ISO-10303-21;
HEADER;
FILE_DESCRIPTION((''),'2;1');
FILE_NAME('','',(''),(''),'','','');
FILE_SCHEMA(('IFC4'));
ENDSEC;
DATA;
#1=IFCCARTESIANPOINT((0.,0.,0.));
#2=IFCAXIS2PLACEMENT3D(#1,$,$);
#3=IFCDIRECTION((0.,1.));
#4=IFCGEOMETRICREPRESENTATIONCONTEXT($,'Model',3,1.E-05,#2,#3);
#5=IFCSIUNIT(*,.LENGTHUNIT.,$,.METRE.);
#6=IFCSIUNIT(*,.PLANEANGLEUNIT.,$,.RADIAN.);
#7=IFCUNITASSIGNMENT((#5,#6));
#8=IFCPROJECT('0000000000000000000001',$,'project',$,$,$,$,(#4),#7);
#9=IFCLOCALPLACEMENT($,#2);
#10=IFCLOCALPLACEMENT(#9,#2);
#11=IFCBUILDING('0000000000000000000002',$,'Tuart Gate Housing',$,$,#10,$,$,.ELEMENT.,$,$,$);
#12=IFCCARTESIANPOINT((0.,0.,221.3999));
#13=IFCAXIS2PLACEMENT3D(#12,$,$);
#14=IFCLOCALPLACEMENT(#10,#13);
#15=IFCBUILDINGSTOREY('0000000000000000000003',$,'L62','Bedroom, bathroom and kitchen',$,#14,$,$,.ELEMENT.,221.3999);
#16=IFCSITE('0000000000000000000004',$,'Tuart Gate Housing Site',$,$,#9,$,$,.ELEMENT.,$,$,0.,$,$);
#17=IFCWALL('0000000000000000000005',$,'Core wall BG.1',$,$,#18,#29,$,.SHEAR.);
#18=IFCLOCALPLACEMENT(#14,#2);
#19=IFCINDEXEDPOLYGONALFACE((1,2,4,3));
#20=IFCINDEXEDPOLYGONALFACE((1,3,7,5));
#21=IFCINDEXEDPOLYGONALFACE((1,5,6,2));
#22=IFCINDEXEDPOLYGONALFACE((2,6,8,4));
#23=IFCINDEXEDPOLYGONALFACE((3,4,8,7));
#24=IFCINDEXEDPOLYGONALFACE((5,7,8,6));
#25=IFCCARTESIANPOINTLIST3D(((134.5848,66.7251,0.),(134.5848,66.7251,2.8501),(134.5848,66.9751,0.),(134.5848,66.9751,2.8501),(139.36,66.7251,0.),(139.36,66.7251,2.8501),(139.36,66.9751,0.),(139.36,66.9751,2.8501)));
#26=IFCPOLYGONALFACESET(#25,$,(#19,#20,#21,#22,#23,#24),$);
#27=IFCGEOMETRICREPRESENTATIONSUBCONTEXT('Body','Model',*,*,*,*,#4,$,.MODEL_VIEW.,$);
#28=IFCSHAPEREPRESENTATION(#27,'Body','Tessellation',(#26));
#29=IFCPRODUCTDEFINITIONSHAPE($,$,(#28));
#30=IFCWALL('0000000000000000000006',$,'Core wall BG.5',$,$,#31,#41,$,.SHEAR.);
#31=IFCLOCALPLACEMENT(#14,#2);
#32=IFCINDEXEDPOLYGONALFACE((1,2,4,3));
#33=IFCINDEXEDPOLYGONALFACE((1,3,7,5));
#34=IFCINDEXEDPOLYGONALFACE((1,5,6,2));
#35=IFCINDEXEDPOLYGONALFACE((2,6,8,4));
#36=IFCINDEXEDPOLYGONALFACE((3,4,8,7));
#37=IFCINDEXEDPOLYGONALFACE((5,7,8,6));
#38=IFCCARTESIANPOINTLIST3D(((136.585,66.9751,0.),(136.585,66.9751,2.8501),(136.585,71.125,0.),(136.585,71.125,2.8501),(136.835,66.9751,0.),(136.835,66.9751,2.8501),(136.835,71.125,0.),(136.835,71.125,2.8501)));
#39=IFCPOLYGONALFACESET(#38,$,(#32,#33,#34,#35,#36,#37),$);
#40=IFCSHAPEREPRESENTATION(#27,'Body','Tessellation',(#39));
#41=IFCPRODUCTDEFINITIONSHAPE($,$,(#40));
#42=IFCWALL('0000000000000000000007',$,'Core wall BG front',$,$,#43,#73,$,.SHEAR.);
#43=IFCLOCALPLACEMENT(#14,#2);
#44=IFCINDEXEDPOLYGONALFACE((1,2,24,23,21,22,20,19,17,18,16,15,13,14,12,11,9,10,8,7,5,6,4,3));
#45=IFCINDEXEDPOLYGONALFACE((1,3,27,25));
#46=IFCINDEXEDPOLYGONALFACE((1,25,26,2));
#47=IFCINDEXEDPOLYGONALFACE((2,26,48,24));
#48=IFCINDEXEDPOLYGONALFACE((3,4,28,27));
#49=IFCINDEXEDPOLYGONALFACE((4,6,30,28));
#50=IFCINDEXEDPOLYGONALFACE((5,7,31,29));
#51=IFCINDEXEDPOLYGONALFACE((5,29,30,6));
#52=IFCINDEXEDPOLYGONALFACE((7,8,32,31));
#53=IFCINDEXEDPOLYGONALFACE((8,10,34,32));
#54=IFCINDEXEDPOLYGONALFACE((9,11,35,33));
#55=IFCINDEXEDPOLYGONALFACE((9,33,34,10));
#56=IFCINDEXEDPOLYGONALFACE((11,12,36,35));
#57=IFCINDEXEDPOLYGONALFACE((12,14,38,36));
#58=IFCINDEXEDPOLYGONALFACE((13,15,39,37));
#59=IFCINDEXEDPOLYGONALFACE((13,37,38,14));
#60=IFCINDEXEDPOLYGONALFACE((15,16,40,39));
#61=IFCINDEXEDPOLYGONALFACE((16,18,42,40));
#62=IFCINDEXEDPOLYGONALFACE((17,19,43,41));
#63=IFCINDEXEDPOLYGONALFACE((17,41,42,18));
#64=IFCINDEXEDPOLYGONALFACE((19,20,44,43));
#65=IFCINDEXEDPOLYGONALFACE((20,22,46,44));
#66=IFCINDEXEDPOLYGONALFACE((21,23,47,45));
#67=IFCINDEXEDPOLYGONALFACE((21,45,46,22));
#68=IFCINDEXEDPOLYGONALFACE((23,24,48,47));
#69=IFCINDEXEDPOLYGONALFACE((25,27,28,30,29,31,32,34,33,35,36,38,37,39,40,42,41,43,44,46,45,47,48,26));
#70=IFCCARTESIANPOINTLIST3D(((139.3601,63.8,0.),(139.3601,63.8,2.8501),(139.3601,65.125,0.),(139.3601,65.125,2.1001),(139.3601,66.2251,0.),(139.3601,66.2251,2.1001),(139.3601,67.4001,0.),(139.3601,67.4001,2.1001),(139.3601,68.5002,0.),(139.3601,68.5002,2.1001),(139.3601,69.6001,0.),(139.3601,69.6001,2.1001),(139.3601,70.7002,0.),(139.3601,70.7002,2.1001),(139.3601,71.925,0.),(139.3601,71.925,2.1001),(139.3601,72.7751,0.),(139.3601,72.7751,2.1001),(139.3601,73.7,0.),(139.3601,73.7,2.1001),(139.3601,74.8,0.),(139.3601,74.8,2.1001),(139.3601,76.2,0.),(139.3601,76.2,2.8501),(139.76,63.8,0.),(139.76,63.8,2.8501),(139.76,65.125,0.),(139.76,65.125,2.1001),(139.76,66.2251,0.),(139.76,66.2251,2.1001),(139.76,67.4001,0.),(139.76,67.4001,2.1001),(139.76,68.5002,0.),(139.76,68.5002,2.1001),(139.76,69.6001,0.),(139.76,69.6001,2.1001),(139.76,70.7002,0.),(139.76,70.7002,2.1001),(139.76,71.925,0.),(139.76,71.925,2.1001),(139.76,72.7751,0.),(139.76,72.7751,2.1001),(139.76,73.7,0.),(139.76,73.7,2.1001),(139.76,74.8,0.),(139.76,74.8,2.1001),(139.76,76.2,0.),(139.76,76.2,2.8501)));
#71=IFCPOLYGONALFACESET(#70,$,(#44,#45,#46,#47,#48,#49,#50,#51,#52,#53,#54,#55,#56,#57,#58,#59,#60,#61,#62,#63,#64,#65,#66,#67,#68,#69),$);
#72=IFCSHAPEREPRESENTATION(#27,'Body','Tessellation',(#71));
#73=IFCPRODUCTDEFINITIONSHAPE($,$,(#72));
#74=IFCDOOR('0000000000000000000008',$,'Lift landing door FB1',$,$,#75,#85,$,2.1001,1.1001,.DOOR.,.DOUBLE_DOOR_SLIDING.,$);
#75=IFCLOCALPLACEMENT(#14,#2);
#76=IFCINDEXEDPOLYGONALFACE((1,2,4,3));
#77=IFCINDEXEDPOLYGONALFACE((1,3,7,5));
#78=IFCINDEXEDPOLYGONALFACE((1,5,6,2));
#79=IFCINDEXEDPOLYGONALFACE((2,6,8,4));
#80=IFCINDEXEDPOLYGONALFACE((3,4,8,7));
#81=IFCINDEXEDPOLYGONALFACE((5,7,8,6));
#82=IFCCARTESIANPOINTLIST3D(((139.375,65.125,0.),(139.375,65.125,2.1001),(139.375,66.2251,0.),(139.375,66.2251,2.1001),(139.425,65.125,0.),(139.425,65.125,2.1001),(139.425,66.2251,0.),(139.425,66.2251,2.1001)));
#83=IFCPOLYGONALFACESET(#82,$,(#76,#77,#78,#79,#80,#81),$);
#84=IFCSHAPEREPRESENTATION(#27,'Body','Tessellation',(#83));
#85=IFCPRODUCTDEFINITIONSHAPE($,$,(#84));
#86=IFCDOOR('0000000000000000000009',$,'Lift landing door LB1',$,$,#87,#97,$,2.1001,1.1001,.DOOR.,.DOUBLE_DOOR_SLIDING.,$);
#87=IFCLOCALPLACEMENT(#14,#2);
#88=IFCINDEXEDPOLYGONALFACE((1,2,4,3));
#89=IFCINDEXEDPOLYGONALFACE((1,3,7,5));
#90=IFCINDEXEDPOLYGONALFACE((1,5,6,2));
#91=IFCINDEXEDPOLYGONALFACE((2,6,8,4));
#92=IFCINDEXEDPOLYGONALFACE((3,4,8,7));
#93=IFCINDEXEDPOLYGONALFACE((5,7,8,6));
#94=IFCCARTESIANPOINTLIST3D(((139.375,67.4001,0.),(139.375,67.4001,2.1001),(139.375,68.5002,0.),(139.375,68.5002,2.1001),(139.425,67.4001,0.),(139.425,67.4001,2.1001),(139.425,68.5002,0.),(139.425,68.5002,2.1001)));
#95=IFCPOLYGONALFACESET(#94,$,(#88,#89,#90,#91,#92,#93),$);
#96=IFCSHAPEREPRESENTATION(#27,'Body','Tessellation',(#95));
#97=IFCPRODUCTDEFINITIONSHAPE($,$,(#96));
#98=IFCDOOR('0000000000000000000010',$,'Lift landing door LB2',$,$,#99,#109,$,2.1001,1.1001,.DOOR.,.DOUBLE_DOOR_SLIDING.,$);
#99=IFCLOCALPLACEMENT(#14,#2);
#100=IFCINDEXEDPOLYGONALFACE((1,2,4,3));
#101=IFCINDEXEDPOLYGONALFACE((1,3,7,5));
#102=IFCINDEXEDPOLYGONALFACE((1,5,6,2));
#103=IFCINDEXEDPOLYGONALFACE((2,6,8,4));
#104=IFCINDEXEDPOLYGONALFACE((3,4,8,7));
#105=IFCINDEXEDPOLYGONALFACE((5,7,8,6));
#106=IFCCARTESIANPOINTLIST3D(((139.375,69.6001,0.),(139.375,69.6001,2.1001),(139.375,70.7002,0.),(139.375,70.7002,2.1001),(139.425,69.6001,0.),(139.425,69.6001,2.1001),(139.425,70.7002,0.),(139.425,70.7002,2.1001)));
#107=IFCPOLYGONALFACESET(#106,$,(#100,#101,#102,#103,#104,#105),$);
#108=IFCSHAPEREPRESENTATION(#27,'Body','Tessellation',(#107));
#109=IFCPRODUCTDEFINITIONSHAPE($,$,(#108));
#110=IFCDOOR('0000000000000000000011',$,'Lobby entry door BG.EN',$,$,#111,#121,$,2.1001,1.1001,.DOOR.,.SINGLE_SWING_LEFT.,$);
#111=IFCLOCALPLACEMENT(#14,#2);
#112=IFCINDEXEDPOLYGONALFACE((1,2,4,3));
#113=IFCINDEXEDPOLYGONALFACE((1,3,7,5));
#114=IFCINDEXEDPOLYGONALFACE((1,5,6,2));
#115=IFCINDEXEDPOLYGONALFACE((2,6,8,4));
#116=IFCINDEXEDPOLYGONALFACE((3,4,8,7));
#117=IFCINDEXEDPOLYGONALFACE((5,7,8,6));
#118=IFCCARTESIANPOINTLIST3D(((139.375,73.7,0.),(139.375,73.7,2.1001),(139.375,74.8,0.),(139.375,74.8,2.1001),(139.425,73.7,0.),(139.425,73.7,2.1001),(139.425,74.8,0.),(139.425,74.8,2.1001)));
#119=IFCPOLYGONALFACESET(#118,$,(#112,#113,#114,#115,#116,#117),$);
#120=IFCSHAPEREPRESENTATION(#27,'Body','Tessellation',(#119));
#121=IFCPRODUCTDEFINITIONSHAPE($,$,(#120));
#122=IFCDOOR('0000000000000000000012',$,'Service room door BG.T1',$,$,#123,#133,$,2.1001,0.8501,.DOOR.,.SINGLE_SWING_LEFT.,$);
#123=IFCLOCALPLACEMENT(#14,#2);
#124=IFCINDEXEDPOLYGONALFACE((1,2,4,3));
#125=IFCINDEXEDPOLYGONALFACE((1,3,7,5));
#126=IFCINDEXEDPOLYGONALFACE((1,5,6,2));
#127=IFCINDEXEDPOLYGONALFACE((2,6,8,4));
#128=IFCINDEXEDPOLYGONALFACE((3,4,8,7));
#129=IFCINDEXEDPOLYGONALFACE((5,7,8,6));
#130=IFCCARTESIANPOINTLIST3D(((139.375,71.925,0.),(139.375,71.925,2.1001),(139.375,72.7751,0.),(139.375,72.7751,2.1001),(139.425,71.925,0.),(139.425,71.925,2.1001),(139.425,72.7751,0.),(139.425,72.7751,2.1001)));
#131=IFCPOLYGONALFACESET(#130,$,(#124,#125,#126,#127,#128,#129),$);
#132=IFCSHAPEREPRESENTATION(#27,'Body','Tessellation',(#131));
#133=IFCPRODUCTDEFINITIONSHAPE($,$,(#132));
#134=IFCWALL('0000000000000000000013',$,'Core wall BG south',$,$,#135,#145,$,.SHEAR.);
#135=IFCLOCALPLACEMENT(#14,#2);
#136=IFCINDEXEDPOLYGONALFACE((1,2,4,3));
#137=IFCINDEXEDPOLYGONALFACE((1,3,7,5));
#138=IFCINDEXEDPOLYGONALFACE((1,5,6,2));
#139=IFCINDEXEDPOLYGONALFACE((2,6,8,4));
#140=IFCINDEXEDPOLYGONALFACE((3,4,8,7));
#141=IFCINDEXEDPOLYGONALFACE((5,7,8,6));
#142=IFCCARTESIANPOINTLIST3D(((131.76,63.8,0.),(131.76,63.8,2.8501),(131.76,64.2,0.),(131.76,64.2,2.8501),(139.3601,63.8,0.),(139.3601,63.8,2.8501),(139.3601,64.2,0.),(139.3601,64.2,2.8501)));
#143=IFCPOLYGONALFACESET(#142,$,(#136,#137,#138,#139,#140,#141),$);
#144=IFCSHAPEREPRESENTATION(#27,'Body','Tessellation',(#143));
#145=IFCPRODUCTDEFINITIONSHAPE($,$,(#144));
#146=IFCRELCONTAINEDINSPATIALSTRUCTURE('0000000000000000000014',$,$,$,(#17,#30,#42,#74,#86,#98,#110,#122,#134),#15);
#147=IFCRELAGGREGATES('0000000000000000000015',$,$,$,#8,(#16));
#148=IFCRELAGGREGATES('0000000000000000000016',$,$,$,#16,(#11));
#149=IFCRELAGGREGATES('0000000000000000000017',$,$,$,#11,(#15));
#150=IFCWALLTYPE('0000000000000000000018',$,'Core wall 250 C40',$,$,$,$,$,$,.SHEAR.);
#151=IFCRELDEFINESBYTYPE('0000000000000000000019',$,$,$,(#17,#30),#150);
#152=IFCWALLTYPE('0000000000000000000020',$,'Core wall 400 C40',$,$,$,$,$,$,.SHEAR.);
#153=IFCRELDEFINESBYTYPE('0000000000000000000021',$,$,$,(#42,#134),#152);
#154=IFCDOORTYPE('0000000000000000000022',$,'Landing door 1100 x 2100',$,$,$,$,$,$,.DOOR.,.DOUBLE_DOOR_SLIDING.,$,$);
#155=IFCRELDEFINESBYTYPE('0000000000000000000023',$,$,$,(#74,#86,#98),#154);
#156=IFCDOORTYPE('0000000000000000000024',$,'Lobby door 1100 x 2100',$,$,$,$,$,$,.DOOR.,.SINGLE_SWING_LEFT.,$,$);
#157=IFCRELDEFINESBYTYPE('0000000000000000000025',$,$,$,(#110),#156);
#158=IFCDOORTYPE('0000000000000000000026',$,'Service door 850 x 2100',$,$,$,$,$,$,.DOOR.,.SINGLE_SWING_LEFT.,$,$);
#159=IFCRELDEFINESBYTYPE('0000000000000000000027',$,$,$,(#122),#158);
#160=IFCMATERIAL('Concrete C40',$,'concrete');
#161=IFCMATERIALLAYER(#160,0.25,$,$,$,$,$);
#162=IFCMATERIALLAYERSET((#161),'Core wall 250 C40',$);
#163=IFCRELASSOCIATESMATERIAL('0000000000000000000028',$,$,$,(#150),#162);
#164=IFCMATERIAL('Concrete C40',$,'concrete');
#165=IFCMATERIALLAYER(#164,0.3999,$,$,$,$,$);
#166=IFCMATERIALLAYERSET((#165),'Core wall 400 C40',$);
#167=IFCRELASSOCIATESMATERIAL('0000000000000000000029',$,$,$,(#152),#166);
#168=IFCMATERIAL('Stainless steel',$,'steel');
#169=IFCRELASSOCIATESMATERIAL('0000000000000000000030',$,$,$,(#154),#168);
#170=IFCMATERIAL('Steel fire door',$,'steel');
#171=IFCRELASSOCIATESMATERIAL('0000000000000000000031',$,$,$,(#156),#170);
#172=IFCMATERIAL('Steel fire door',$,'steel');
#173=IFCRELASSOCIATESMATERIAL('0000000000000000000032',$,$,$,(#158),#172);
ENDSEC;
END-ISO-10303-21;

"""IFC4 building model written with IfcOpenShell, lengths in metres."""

from ifc_helpers import new_model, si_unit, direction, frame, frame_2d, origin, place, context, subcontext, project, spatial, rectangle, extrude, material, layer, layer_set, type_object, element, fill, save


model = new_model("IFC4")

# Units and contexts
model_context = context("Model", 3, precision=1e-05, world=origin(), true_north=direction((0.0, 1.0)))
body_context = subcontext(model_context, "Body", "Model", "MODEL_VIEW")
ifc_project = project(units=[si_unit("LENGTHUNIT", "METRE"), si_unit("PLANEANGLEUNIT", "RADIAN")], contexts=[model_context])

# Site, building, storey
site_placement = place(None, origin())
site = spatial("IfcSite", under=ifc_project, at=site_placement, Name="Tuart Gate Housing Site", CompositionType="ELEMENT", RefElevation=0.0)
building_placement = place(site_placement, origin())
building = spatial("IfcBuilding", under=site, at=building_placement, Name="Tuart Gate Housing", CompositionType="ELEMENT")
storey_placement = place(building_placement, frame((0.0, 0.0, 221.3999)))
storey = spatial("IfcBuildingStorey", under=building, at=storey_placement, Name="L62", Description="Bedroom, bathroom and kitchen", CompositionType="ELEMENT", Elevation=221.3999)

# Walls
ifc_material_1 = material(Name="Concrete C40", Category="concrete")
ifc_layer_1 = layer(ifc_material_1, 0.25)
ifc_layer_set_1 = layer_set([ifc_layer_1], Name="Core wall 250 C40")
wall_type_1 = type_object("IfcWallType", Name="Core wall 250 C40", PredefinedType="SHEAR", material=ifc_layer_set_1)
wall_1_placement = place(storey_placement, frame((139.3601, 66.8501, 0.0), z_axis=(0.0, 0.0, 1.0), x_axis=(-1.0, 0.0, 0.0)))
element("IfcWall", 1, at=wall_1_placement, inside=storey, type_object=wall_type_1, Name="Core wall BG.1", PredefinedType="SHEAR", context=body_context, shape_type="SweptSolid", body=[
    extrude(rectangle(XDim=4.7751, YDim=0.25, at=frame_2d((2.3877, 0.0))), origin(), (0.0, 0.0, 1.0), 2.8501),
])
wall_2_placement = place(storey_placement, frame((136.71, 66.9751, 0.0), z_axis=(0.0, 0.0, 1.0), x_axis=(0.0, 1.0, 0.0)))
element("IfcWall", 2, at=wall_2_placement, inside=storey, type_object=wall_type_1, Name="Core wall BG.5", PredefinedType="SHEAR", context=body_context, shape_type="SweptSolid", body=[
    extrude(rectangle(XDim=4.1499, YDim=0.25, at=frame_2d((2.075, 0.0))), origin(), (0.0, 0.0, 1.0), 2.8501),
])

# Wall, openings, doors
ifc_material_2 = material(Name="Concrete C40", Category="concrete")
ifc_layer_2 = layer(ifc_material_2, 0.3999)
ifc_layer_set_2 = layer_set([ifc_layer_2], Name="Core wall 400 C40")
wall_type_2 = type_object("IfcWallType", Name="Core wall 400 C40", PredefinedType="SHEAR", material=ifc_layer_set_2)
wall_3_placement = place(storey_placement, frame((139.5601, 63.8, 0.0), z_axis=(0.0, 0.0, 1.0), x_axis=(0.0, 1.0, 0.0)))
wall_3 = element("IfcWall", 3, at=wall_3_placement, inside=storey, type_object=wall_type_2, Name="Core wall BG front", PredefinedType="SHEAR", context=body_context, shape_type="SweptSolid", body=[
    extrude(rectangle(XDim=12.3999, YDim=0.3999, at=frame_2d((6.2, 0.0))), origin(), (0.0, 0.0, 1.0), 2.8501),
])
opening_1_placement = place(wall_3_placement, frame((1.325, 0.0, 0.0)))
opening_1 = element("IfcOpeningElement", 4, at=opening_1_placement, cuts=wall_3, PredefinedType="OPENING", context=body_context, shape_type="SweptSolid", body=[
    extrude(rectangle(XDim=1.1001, YDim=2.1001, at=frame_2d((0.55, 1.05))), frame((0.0, 0.21, 0.0), z_axis=(0.0, -1.0, 0.0), x_axis=(1.0, 0.0, 0.0)), (0.0, 0.0, 1.0), 0.4199),
])
opening_2_placement = place(wall_3_placement, frame((3.6001, 0.0, 0.0)))
opening_2 = element("IfcOpeningElement", 5, at=opening_2_placement, cuts=wall_3, PredefinedType="OPENING", context=body_context, shape_type="SweptSolid", body=[
    extrude(rectangle(XDim=1.1001, YDim=2.1001, at=frame_2d((0.55, 1.05))), frame((0.0, 0.21, 0.0), z_axis=(0.0, -1.0, 0.0), x_axis=(1.0, 0.0, 0.0)), (0.0, 0.0, 1.0), 0.4199),
])
opening_3_placement = place(wall_3_placement, frame((5.8, 0.0, 0.0)))
opening_3 = element("IfcOpeningElement", 6, at=opening_3_placement, cuts=wall_3, PredefinedType="OPENING", context=body_context, shape_type="SweptSolid", body=[
    extrude(rectangle(XDim=1.1001, YDim=2.1001, at=frame_2d((0.55, 1.05))), frame((0.0, 0.21, 0.0), z_axis=(0.0, -1.0, 0.0), x_axis=(1.0, 0.0, 0.0)), (0.0, 0.0, 1.0), 0.4199),
])
opening_4_placement = place(wall_3_placement, frame((9.8999, 0.0, 0.0)))
opening_4 = element("IfcOpeningElement", 7, at=opening_4_placement, cuts=wall_3, PredefinedType="OPENING", context=body_context, shape_type="SweptSolid", body=[
    extrude(rectangle(XDim=1.1001, YDim=2.1001, at=frame_2d((0.55, 1.05))), frame((0.0, 0.21, 0.0), z_axis=(0.0, -1.0, 0.0), x_axis=(1.0, 0.0, 0.0)), (0.0, 0.0, 1.0), 0.4199),
])
opening_5_placement = place(wall_3_placement, frame((8.125, 0.0, 0.0)))
opening_5 = element("IfcOpeningElement", 8, at=opening_5_placement, cuts=wall_3, PredefinedType="OPENING", context=body_context, shape_type="SweptSolid", body=[
    extrude(rectangle(XDim=0.8501, YDim=2.1001, at=frame_2d((0.425, 1.05))), frame((0.0, 0.21, 0.0), z_axis=(0.0, -1.0, 0.0), x_axis=(1.0, 0.0, 0.0)), (0.0, 0.0, 1.0), 0.4199),
])
ifc_material_3 = material(Name="Stainless steel", Category="steel")
door_type_1 = type_object("IfcDoorType", Name="Landing door 1100 x 2100", OperationType="DOUBLE_DOOR_SLIDING", PredefinedType="DOOR", material=ifc_material_3)
door_1_placement = place(opening_1_placement, origin())
door_1 = element("IfcDoor", 9, at=door_1_placement, inside=storey, type_object=door_type_1, Name="Lift landing door FB1", OperationType="DOUBLE_DOOR_SLIDING", OverallHeight=2.1001, OverallWidth=1.1001, PredefinedType="DOOR", context=body_context, shape_type="SweptSolid", body=[
    extrude(rectangle(XDim=1.1001, YDim=2.1001, at=frame_2d((0.55, 1.05))), frame((0.0, 0.1851, 0.0), z_axis=(0.0, -1.0, 0.0), x_axis=(1.0, 0.0, 0.0)), (0.0, 0.0, 1.0), 0.05),
])
fill(opening_1, door_1)
door_2_placement = place(opening_2_placement, origin())
door_2 = element("IfcDoor", 10, at=door_2_placement, inside=storey, type_object=door_type_1, Name="Lift landing door LB1", OperationType="DOUBLE_DOOR_SLIDING", OverallHeight=2.1001, OverallWidth=1.1001, PredefinedType="DOOR", context=body_context, shape_type="SweptSolid", body=[
    extrude(rectangle(XDim=1.1001, YDim=2.1001, at=frame_2d((0.55, 1.05))), frame((0.0, 0.1851, 0.0), z_axis=(0.0, -1.0, 0.0), x_axis=(1.0, 0.0, 0.0)), (0.0, 0.0, 1.0), 0.05),
])
fill(opening_2, door_2)
door_3_placement = place(opening_3_placement, origin())
door_3 = element("IfcDoor", 11, at=door_3_placement, inside=storey, type_object=door_type_1, Name="Lift landing door LB2", OperationType="DOUBLE_DOOR_SLIDING", OverallHeight=2.1001, OverallWidth=1.1001, PredefinedType="DOOR", context=body_context, shape_type="SweptSolid", body=[
    extrude(rectangle(XDim=1.1001, YDim=2.1001, at=frame_2d((0.55, 1.05))), frame((0.0, 0.1851, 0.0), z_axis=(0.0, -1.0, 0.0), x_axis=(1.0, 0.0, 0.0)), (0.0, 0.0, 1.0), 0.05),
])
fill(opening_3, door_3)
ifc_material_4 = material(Name="Steel fire door", Category="steel")
door_type_2 = type_object("IfcDoorType", Name="Lobby door 1100 x 2100", OperationType="SINGLE_SWING_LEFT", PredefinedType="DOOR", material=ifc_material_4)
door_4_placement = place(opening_4_placement, origin())
door_4 = element("IfcDoor", 12, at=door_4_placement, inside=storey, type_object=door_type_2, Name="Lobby entry door BG.EN", OperationType="SINGLE_SWING_LEFT", OverallHeight=2.1001, OverallWidth=1.1001, PredefinedType="DOOR", context=body_context, shape_type="SweptSolid", body=[
    extrude(rectangle(XDim=1.1001, YDim=2.1001, at=frame_2d((0.55, 1.05))), frame((0.0, 0.1851, 0.0), z_axis=(0.0, -1.0, 0.0), x_axis=(1.0, 0.0, 0.0)), (0.0, 0.0, 1.0), 0.05),
])
fill(opening_4, door_4)
ifc_material_5 = material(Name="Steel fire door", Category="steel")
door_type_3 = type_object("IfcDoorType", Name="Service door 850 x 2100", OperationType="SINGLE_SWING_LEFT", PredefinedType="DOOR", material=ifc_material_5)
door_5_placement = place(opening_5_placement, origin())
door_5 = element("IfcDoor", 13, at=door_5_placement, inside=storey, type_object=door_type_3, Name="Service room door BG.T1", OperationType="SINGLE_SWING_LEFT", OverallHeight=2.1001, OverallWidth=0.8501, PredefinedType="DOOR", context=body_context, shape_type="SweptSolid", body=[
    extrude(rectangle(XDim=0.8501, YDim=2.1001, at=frame_2d((0.425, 1.05))), frame((0.0, 0.1851, 0.0), z_axis=(0.0, -1.0, 0.0), x_axis=(1.0, 0.0, 0.0)), (0.0, 0.0, 1.0), 0.05),
])
fill(opening_5, door_5)

# Wall
wall_4_placement = place(storey_placement, frame((139.3601, 64.0, 0.0), z_axis=(0.0, 0.0, 1.0), x_axis=(-1.0, 0.0, 0.0)))
element("IfcWall", 14, at=wall_4_placement, inside=storey, type_object=wall_type_2, Name="Core wall BG south", PredefinedType="SHEAR", context=body_context, shape_type="SweptSolid", body=[
    extrude(rectangle(XDim=7.6001, YDim=0.3999, at=frame_2d((3.8, 0.0))), origin(), (0.0, 0.0, 1.0), 2.8501),
])

save(model, "model.ifc")
